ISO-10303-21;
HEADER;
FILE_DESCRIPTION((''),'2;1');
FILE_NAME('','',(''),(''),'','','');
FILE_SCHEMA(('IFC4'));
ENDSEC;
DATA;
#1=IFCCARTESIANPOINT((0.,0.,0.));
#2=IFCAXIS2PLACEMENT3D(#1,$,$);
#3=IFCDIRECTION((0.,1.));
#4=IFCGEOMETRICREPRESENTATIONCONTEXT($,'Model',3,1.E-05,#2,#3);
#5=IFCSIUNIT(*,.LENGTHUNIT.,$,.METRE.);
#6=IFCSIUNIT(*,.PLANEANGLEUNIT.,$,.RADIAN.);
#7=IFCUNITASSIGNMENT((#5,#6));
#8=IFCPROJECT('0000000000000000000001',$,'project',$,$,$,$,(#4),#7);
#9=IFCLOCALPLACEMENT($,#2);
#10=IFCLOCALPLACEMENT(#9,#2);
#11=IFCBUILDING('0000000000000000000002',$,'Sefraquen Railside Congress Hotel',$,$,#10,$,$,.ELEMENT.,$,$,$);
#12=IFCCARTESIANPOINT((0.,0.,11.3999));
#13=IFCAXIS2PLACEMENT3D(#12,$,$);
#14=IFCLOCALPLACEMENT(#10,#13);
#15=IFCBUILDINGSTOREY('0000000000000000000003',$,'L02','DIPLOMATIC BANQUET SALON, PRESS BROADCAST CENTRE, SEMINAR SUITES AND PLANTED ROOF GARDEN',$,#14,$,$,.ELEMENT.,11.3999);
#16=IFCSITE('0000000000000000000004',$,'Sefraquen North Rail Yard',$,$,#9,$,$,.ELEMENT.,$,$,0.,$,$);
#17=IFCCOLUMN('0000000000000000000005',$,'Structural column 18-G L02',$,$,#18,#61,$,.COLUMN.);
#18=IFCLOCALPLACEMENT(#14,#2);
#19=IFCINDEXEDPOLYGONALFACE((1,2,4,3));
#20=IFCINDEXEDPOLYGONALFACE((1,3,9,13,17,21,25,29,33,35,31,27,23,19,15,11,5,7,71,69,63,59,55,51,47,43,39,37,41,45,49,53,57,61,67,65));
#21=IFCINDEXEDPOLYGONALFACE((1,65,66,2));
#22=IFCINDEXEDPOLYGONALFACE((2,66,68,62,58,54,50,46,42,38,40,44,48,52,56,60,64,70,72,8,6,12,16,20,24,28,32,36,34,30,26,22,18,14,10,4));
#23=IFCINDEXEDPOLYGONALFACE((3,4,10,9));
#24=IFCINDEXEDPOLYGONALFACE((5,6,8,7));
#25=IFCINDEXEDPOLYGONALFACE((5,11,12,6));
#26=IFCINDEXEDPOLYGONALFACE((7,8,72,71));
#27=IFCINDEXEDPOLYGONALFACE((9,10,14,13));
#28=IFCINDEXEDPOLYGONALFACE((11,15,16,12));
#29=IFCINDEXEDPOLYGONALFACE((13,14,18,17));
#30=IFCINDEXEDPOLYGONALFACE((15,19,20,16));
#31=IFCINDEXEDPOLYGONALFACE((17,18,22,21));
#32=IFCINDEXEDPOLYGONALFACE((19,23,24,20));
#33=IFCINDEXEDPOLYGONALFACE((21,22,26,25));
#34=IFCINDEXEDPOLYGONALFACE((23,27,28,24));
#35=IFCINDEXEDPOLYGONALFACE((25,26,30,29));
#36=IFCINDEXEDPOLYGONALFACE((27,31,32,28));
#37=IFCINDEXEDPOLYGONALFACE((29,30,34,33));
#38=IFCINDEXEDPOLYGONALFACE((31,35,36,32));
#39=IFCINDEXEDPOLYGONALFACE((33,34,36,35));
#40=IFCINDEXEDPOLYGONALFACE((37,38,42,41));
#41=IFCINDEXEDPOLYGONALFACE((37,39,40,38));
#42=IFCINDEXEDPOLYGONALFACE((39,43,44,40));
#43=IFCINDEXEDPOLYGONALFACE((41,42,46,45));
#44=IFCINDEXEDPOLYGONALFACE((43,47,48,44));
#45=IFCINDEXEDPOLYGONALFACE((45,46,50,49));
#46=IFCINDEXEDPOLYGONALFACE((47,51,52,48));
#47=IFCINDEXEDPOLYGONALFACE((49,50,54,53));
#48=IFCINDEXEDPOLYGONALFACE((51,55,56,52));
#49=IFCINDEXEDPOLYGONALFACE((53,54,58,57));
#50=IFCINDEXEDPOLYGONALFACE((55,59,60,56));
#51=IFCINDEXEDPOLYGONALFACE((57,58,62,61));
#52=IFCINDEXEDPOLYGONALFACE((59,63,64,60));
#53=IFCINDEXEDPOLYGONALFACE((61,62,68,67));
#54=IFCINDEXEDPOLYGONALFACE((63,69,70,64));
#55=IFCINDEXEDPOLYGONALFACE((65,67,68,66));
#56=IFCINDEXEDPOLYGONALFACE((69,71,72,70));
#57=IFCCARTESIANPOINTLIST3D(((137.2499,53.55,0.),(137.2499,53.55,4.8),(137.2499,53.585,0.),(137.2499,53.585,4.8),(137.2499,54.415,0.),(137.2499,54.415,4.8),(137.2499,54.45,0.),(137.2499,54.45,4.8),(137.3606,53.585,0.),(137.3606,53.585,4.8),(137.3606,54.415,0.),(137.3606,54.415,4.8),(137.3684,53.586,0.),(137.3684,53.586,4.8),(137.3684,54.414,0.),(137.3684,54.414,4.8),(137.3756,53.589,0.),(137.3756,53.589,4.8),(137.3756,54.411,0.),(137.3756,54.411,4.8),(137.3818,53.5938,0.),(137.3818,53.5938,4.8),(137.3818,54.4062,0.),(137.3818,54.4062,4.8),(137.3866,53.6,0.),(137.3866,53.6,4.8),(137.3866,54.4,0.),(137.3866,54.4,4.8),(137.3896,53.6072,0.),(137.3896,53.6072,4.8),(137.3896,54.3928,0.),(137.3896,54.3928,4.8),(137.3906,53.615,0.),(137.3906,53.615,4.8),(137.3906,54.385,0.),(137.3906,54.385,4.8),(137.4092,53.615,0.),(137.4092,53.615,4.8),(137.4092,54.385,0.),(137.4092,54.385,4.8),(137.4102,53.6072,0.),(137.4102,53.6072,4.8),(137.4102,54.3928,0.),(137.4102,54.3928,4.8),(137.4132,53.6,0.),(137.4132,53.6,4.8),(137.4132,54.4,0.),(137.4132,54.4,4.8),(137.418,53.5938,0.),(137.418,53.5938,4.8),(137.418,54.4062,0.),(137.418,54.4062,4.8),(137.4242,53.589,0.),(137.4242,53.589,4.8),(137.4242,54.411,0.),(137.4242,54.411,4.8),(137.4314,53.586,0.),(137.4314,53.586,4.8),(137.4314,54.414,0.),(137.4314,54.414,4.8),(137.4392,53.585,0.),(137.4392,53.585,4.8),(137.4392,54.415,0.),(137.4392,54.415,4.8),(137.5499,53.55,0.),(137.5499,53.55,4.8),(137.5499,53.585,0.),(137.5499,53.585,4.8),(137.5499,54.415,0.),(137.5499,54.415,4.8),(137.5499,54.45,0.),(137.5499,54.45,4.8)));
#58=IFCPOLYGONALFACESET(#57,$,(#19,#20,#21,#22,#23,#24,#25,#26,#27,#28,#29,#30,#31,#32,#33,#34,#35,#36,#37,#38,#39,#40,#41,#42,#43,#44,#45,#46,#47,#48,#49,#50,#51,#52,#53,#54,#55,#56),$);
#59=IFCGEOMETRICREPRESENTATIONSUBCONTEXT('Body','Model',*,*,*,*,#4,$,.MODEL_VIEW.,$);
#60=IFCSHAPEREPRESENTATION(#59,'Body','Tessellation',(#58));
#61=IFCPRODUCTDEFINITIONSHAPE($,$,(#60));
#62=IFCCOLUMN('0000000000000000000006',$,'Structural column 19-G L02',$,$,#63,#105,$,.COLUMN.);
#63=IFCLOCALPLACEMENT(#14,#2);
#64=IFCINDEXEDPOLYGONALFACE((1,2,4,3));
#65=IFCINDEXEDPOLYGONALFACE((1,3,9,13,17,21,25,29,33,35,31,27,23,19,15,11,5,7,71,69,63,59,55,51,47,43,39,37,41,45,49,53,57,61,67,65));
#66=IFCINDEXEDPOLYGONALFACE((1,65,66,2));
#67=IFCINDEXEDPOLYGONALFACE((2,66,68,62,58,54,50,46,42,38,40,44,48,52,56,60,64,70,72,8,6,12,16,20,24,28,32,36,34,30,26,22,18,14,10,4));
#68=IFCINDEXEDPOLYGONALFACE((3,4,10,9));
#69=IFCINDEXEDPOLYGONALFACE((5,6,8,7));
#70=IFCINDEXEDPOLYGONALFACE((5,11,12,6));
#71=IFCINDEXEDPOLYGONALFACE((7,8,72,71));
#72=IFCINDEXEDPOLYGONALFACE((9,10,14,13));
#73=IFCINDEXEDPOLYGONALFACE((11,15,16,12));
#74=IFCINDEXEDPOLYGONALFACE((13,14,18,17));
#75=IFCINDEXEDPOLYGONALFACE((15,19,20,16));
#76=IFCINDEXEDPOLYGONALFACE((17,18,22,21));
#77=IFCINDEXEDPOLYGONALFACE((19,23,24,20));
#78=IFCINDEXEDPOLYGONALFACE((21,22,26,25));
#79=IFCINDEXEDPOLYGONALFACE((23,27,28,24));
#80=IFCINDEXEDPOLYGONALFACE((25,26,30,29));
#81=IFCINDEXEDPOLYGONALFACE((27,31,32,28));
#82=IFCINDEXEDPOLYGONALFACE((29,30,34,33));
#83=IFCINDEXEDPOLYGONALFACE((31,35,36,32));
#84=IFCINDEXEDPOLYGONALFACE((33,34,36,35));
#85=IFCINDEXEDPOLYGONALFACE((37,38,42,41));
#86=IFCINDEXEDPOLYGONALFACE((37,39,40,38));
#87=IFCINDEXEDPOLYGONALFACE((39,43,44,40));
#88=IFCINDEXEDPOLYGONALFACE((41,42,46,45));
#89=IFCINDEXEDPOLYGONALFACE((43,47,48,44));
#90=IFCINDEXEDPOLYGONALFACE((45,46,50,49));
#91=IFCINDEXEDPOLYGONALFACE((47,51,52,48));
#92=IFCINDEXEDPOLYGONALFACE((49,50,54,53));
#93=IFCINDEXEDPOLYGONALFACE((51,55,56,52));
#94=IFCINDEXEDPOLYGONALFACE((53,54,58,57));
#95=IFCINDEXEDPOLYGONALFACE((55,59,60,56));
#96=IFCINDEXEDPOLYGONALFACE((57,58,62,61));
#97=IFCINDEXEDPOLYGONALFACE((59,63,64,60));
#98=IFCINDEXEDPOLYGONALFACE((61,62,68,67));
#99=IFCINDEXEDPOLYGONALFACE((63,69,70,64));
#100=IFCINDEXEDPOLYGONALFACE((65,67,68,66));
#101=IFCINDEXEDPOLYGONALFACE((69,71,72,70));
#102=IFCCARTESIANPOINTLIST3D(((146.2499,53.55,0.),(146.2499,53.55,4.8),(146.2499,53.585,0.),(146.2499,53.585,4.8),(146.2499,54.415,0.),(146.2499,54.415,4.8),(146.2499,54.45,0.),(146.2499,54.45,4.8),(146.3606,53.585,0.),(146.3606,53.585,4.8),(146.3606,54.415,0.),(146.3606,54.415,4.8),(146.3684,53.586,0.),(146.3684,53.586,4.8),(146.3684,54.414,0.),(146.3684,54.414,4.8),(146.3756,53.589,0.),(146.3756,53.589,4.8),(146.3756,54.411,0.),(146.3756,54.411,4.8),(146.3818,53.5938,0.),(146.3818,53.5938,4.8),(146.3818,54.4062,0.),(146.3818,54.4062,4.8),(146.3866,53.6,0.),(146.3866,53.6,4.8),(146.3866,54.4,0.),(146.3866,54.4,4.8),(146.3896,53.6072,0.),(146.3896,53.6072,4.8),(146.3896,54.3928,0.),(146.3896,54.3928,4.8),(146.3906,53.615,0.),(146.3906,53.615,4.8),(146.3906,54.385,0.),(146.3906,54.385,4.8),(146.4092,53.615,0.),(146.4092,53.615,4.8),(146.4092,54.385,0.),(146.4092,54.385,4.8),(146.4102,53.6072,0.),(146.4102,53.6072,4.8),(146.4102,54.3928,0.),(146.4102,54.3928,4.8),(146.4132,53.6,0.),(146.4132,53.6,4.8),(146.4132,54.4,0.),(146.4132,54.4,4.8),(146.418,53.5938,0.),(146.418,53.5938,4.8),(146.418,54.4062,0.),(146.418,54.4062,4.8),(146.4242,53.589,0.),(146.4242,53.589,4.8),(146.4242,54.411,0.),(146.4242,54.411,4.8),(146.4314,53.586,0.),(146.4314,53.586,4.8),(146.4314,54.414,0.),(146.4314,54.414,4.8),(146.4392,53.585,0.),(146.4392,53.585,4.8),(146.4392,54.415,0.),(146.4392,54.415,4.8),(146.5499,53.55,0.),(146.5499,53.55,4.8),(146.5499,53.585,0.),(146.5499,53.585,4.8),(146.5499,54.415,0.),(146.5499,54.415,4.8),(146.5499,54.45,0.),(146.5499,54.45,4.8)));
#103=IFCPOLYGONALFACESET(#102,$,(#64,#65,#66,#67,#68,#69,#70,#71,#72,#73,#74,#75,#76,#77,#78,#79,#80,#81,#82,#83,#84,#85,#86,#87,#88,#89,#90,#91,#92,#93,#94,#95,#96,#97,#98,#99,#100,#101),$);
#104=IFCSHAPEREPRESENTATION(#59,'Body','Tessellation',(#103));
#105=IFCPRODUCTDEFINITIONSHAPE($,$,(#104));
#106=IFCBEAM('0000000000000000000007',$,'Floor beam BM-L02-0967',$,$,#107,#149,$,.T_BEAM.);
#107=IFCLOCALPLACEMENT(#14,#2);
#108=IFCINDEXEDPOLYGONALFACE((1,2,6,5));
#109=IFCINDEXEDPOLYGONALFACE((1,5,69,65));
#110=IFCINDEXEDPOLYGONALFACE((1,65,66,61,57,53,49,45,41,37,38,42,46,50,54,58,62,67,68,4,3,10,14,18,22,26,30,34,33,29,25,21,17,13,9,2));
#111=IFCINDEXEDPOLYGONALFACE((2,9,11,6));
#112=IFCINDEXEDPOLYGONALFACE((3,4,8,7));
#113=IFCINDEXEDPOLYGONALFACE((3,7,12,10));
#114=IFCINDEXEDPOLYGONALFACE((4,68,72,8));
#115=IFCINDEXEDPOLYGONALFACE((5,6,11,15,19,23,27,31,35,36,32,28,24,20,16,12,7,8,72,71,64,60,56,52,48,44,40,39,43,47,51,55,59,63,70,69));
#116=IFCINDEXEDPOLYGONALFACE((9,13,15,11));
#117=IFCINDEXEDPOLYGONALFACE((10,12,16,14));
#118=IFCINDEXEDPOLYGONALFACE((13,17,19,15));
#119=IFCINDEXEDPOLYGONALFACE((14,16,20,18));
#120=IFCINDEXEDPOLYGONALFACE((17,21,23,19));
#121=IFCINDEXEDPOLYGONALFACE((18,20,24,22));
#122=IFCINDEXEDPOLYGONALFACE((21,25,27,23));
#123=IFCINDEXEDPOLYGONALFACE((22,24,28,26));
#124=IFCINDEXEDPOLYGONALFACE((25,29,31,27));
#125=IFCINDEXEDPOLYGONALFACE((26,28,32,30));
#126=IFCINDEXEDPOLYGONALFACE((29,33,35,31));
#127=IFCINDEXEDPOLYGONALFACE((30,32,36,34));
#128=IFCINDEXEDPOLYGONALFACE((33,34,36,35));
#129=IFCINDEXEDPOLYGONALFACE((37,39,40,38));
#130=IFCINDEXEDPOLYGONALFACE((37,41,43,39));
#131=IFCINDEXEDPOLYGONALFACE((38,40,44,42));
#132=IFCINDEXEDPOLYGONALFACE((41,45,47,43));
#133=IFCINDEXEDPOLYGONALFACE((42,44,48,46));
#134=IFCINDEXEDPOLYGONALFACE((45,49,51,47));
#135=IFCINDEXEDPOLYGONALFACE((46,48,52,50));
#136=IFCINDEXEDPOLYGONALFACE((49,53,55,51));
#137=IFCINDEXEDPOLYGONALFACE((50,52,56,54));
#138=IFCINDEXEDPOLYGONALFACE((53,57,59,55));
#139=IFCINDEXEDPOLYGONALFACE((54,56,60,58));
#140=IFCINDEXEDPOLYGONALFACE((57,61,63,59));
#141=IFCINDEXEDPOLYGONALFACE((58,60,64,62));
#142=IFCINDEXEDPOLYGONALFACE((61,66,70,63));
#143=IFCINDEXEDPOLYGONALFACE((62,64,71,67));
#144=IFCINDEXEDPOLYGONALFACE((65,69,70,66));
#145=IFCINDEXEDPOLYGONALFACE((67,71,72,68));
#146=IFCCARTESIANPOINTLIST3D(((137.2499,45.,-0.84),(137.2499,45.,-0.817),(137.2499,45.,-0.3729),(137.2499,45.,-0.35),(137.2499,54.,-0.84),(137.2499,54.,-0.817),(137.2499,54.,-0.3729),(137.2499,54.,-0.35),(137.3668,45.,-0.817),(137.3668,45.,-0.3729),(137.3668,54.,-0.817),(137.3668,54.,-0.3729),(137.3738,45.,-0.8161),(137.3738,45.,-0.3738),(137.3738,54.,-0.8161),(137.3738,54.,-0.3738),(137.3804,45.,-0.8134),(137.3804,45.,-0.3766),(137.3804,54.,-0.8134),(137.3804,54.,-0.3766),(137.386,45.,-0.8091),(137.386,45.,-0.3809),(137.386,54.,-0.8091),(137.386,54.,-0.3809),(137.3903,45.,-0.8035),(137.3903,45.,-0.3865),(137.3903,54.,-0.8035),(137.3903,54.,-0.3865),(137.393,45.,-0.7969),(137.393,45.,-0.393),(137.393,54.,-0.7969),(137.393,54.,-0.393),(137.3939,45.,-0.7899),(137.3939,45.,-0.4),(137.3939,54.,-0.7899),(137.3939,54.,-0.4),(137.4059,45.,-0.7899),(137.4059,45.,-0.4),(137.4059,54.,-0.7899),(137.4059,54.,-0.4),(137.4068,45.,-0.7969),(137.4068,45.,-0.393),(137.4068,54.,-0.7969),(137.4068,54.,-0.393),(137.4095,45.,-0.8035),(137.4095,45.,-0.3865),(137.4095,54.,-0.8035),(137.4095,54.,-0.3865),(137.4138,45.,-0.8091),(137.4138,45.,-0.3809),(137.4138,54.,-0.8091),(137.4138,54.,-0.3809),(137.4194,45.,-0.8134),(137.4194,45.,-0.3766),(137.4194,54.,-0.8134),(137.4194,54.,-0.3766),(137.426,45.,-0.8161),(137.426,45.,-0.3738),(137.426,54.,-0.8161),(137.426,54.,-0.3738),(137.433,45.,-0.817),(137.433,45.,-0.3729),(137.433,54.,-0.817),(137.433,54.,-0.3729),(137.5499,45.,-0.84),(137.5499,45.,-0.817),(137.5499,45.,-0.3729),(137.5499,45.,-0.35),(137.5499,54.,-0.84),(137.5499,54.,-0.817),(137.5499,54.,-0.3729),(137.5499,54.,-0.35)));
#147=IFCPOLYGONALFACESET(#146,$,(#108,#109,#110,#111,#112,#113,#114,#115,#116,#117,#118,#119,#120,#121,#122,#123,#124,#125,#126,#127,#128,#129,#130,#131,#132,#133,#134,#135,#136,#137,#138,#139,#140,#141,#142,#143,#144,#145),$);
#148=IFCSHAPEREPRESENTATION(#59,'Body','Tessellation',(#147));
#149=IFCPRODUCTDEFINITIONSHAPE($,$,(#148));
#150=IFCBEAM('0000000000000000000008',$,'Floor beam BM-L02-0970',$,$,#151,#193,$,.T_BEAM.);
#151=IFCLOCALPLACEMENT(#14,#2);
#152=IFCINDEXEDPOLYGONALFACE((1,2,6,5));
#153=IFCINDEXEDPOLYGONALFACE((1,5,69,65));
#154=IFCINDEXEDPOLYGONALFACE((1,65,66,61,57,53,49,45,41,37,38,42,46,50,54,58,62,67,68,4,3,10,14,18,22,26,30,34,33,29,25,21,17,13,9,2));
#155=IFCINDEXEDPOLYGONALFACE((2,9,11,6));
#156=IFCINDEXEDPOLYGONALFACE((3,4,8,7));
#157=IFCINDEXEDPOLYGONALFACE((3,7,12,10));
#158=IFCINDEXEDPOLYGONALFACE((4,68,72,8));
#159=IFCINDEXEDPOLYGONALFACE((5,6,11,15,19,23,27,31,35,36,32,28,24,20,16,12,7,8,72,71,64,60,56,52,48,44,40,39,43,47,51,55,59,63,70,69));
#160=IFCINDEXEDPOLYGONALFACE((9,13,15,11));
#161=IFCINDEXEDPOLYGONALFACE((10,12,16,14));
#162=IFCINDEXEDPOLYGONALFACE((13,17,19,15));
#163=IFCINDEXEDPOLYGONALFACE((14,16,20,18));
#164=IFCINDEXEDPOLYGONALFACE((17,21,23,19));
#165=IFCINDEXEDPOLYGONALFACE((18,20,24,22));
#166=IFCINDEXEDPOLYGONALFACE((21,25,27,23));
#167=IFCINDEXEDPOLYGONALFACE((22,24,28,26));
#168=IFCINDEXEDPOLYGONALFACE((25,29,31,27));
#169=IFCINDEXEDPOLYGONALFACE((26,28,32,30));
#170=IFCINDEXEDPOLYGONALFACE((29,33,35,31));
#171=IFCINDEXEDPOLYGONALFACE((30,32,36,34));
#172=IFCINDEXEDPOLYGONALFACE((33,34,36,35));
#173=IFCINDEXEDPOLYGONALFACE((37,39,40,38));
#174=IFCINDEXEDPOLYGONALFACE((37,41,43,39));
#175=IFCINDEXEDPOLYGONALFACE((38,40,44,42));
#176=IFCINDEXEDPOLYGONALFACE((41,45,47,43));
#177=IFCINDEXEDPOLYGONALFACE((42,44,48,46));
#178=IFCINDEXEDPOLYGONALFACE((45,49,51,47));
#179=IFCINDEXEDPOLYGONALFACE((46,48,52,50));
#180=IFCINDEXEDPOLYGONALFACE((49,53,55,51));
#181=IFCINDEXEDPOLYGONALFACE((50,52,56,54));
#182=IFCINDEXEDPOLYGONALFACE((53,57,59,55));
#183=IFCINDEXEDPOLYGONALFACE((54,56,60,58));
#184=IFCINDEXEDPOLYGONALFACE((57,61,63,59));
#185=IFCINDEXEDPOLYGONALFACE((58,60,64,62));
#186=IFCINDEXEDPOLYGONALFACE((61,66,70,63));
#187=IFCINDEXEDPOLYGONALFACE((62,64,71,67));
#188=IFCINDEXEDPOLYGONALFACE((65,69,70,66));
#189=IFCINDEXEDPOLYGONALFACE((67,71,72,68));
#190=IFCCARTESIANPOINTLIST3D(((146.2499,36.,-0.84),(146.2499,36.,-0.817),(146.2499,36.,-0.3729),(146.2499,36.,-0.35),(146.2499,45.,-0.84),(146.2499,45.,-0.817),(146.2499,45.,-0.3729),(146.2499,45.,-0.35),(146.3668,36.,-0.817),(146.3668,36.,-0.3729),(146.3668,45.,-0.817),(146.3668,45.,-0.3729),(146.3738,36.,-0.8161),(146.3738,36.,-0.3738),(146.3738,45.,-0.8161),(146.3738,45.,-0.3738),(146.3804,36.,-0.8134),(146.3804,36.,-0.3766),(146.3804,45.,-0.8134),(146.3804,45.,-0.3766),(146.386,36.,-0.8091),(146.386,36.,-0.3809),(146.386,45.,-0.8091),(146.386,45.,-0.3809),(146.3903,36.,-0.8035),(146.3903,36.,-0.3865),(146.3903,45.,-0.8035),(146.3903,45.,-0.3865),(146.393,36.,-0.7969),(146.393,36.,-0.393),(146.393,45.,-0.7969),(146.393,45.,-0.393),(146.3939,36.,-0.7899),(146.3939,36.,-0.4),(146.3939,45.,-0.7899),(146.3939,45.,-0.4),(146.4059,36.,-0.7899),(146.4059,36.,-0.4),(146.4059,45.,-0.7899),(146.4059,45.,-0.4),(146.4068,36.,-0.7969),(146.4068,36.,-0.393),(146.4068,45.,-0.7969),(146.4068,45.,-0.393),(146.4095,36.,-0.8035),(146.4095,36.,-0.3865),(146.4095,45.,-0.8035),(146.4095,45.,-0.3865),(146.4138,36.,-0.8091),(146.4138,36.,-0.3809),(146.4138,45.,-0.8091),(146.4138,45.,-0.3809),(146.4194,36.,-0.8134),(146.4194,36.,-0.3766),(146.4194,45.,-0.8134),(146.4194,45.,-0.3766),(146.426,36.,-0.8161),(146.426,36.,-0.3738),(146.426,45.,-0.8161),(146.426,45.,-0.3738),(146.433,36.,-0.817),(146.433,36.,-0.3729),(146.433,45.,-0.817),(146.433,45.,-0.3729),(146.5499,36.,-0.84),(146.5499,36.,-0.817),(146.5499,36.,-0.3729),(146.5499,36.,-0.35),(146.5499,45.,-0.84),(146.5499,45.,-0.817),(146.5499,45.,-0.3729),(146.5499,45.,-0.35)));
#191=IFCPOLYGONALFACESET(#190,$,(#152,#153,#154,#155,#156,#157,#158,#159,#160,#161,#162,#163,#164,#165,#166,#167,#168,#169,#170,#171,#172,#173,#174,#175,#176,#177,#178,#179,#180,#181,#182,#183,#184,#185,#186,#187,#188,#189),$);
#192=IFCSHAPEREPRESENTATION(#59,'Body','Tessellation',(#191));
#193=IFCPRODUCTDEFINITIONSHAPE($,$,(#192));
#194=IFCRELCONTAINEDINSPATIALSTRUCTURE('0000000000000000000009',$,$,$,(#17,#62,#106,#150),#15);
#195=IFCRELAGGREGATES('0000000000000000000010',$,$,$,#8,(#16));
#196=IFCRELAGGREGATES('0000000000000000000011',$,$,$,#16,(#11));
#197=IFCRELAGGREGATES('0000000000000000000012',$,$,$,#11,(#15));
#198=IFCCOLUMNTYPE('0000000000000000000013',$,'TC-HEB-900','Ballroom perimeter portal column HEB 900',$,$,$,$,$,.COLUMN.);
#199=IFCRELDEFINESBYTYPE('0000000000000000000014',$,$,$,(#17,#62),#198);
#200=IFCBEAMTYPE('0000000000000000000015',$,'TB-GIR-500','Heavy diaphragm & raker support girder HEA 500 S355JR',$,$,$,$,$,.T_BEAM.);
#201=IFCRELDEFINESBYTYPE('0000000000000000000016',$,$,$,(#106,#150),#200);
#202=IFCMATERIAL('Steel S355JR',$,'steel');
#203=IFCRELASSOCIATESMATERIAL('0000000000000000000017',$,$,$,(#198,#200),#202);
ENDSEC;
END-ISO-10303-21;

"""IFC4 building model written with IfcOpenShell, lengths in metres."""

from ifc_helpers import new_model, si_unit, direction, frame, origin, origin_2d, place, context, subcontext, project, spatial, i_section, extrude, material, material_profile, profile_set, type_object, element, save


model = new_model("IFC4")

# Units and contexts
model_context = context("Model", 3, precision=1e-05, world=origin(), true_north=direction((0.0, 1.0)))
body_context = subcontext(model_context, "Body", "Model", "MODEL_VIEW")
ifc_project = project(units=[si_unit("LENGTHUNIT", "METRE"), si_unit("PLANEANGLEUNIT", "RADIAN")], contexts=[model_context])

# Site, building, storey
site_placement = place(None, origin())
site = spatial("IfcSite", under=ifc_project, at=site_placement, Name="Sefraquen North Rail Yard", CompositionType="ELEMENT", RefElevation=0.0)
building_placement = place(site_placement, origin())
building = spatial("IfcBuilding", under=site, at=building_placement, Name="Sefraquen Railside Congress Hotel", CompositionType="ELEMENT")
storey_placement = place(building_placement, frame((0.0, 0.0, 11.3999)))
storey = spatial("IfcBuildingStorey", under=building, at=storey_placement, Name="L02", Description="DIPLOMATIC BANQUET SALON, PRESS BROADCAST CENTRE, SEMINAR SUITES AND PLANTED ROOF GARDEN", CompositionType="ELEMENT", Elevation=11.3999)

# Columns
ifc_material_1 = material(Name="Steel S355JR", Category="steel")
ifc_material_profile_1 = material_profile(ifc_material_1, i_section(OverallWidth=0.3, OverallDepth=0.8999, WebThickness=0.0186, FlangeThickness=0.0349, FilletRadius=0.03, at=origin_2d()), Name="HEB 900")
ifc_profile_set_1 = profile_set([ifc_material_profile_1], Name="Steel S355JR")
column_type = type_object("IfcColumnType", Name="TC-HEB-900", Description="Ballroom perimeter portal column HEB 900", PredefinedType="COLUMN", material=ifc_profile_set_1)
for number, where, z_axis, x_axis, name in (
    (1, (137.3999, 54.0, 0.0), (0.0, 0.0, 1.0), (1.0, 0.0, 0.0), "Structural column 18-G L02"),
    (2, (146.3999, 54.0, 0.0), (0.0, 0.0, 1.0), (1.0, 0.0, 0.0), "Structural column 19-G L02"),
):
    element("IfcColumn", number, at=place(storey_placement, frame(where, z_axis=z_axis, x_axis=x_axis)), inside=storey, type_object=column_type, Name=name, PredefinedType="COLUMN", context=body_context, shape_type="SweptSolid", body=[
        extrude(i_section(OverallWidth=0.3, OverallDepth=0.8999, WebThickness=0.0186, FlangeThickness=0.0349, FilletRadius=0.03, at=origin_2d()), origin(), (0.0, 0.0, 1.0), 4.8),
    ])

# Beams
ifc_material_profile_2 = material_profile(ifc_material_1, i_section(OverallWidth=0.3, OverallDepth=0.49, WebThickness=0.012, FlangeThickness=0.0229, FilletRadius=0.0271, at=origin_2d()), Name="HEA 500")
ifc_profile_set_2 = profile_set([ifc_material_profile_2], Name="Steel S355JR")
beam_type_1 = type_object("IfcBeamType", Name="TB-GIR-500", Description="Heavy diaphragm & raker support girder HEA 500 S355JR", PredefinedType="T_BEAM", material=ifc_profile_set_2)
for number, where, z_axis, x_axis, name in (
    (3, (137.3999, 45.0, -0.595), (0.0, 1.0, 0.0), (-1.0, 0.0, 0.0), "Floor beam BM-L02-0967"),
    (4, (146.3999, 36.0, -0.595), (0.0, 1.0, 0.0), (-1.0, 0.0, 0.0), "Floor beam BM-L02-0970"),
):
    element("IfcBeam", number, at=place(storey_placement, frame(where, z_axis=z_axis, x_axis=x_axis)), inside=storey, type_object=beam_type_1, Name=name, PredefinedType="T_BEAM", context=body_context, shape_type="SweptSolid", body=[
        extrude(i_section(OverallWidth=0.3, OverallDepth=0.49, WebThickness=0.012, FlangeThickness=0.0229, FilletRadius=0.0271, at=origin_2d()), origin(), (0.0, 0.0, 1.0), 9.0),
    ])

save(model, "model.ifc")
